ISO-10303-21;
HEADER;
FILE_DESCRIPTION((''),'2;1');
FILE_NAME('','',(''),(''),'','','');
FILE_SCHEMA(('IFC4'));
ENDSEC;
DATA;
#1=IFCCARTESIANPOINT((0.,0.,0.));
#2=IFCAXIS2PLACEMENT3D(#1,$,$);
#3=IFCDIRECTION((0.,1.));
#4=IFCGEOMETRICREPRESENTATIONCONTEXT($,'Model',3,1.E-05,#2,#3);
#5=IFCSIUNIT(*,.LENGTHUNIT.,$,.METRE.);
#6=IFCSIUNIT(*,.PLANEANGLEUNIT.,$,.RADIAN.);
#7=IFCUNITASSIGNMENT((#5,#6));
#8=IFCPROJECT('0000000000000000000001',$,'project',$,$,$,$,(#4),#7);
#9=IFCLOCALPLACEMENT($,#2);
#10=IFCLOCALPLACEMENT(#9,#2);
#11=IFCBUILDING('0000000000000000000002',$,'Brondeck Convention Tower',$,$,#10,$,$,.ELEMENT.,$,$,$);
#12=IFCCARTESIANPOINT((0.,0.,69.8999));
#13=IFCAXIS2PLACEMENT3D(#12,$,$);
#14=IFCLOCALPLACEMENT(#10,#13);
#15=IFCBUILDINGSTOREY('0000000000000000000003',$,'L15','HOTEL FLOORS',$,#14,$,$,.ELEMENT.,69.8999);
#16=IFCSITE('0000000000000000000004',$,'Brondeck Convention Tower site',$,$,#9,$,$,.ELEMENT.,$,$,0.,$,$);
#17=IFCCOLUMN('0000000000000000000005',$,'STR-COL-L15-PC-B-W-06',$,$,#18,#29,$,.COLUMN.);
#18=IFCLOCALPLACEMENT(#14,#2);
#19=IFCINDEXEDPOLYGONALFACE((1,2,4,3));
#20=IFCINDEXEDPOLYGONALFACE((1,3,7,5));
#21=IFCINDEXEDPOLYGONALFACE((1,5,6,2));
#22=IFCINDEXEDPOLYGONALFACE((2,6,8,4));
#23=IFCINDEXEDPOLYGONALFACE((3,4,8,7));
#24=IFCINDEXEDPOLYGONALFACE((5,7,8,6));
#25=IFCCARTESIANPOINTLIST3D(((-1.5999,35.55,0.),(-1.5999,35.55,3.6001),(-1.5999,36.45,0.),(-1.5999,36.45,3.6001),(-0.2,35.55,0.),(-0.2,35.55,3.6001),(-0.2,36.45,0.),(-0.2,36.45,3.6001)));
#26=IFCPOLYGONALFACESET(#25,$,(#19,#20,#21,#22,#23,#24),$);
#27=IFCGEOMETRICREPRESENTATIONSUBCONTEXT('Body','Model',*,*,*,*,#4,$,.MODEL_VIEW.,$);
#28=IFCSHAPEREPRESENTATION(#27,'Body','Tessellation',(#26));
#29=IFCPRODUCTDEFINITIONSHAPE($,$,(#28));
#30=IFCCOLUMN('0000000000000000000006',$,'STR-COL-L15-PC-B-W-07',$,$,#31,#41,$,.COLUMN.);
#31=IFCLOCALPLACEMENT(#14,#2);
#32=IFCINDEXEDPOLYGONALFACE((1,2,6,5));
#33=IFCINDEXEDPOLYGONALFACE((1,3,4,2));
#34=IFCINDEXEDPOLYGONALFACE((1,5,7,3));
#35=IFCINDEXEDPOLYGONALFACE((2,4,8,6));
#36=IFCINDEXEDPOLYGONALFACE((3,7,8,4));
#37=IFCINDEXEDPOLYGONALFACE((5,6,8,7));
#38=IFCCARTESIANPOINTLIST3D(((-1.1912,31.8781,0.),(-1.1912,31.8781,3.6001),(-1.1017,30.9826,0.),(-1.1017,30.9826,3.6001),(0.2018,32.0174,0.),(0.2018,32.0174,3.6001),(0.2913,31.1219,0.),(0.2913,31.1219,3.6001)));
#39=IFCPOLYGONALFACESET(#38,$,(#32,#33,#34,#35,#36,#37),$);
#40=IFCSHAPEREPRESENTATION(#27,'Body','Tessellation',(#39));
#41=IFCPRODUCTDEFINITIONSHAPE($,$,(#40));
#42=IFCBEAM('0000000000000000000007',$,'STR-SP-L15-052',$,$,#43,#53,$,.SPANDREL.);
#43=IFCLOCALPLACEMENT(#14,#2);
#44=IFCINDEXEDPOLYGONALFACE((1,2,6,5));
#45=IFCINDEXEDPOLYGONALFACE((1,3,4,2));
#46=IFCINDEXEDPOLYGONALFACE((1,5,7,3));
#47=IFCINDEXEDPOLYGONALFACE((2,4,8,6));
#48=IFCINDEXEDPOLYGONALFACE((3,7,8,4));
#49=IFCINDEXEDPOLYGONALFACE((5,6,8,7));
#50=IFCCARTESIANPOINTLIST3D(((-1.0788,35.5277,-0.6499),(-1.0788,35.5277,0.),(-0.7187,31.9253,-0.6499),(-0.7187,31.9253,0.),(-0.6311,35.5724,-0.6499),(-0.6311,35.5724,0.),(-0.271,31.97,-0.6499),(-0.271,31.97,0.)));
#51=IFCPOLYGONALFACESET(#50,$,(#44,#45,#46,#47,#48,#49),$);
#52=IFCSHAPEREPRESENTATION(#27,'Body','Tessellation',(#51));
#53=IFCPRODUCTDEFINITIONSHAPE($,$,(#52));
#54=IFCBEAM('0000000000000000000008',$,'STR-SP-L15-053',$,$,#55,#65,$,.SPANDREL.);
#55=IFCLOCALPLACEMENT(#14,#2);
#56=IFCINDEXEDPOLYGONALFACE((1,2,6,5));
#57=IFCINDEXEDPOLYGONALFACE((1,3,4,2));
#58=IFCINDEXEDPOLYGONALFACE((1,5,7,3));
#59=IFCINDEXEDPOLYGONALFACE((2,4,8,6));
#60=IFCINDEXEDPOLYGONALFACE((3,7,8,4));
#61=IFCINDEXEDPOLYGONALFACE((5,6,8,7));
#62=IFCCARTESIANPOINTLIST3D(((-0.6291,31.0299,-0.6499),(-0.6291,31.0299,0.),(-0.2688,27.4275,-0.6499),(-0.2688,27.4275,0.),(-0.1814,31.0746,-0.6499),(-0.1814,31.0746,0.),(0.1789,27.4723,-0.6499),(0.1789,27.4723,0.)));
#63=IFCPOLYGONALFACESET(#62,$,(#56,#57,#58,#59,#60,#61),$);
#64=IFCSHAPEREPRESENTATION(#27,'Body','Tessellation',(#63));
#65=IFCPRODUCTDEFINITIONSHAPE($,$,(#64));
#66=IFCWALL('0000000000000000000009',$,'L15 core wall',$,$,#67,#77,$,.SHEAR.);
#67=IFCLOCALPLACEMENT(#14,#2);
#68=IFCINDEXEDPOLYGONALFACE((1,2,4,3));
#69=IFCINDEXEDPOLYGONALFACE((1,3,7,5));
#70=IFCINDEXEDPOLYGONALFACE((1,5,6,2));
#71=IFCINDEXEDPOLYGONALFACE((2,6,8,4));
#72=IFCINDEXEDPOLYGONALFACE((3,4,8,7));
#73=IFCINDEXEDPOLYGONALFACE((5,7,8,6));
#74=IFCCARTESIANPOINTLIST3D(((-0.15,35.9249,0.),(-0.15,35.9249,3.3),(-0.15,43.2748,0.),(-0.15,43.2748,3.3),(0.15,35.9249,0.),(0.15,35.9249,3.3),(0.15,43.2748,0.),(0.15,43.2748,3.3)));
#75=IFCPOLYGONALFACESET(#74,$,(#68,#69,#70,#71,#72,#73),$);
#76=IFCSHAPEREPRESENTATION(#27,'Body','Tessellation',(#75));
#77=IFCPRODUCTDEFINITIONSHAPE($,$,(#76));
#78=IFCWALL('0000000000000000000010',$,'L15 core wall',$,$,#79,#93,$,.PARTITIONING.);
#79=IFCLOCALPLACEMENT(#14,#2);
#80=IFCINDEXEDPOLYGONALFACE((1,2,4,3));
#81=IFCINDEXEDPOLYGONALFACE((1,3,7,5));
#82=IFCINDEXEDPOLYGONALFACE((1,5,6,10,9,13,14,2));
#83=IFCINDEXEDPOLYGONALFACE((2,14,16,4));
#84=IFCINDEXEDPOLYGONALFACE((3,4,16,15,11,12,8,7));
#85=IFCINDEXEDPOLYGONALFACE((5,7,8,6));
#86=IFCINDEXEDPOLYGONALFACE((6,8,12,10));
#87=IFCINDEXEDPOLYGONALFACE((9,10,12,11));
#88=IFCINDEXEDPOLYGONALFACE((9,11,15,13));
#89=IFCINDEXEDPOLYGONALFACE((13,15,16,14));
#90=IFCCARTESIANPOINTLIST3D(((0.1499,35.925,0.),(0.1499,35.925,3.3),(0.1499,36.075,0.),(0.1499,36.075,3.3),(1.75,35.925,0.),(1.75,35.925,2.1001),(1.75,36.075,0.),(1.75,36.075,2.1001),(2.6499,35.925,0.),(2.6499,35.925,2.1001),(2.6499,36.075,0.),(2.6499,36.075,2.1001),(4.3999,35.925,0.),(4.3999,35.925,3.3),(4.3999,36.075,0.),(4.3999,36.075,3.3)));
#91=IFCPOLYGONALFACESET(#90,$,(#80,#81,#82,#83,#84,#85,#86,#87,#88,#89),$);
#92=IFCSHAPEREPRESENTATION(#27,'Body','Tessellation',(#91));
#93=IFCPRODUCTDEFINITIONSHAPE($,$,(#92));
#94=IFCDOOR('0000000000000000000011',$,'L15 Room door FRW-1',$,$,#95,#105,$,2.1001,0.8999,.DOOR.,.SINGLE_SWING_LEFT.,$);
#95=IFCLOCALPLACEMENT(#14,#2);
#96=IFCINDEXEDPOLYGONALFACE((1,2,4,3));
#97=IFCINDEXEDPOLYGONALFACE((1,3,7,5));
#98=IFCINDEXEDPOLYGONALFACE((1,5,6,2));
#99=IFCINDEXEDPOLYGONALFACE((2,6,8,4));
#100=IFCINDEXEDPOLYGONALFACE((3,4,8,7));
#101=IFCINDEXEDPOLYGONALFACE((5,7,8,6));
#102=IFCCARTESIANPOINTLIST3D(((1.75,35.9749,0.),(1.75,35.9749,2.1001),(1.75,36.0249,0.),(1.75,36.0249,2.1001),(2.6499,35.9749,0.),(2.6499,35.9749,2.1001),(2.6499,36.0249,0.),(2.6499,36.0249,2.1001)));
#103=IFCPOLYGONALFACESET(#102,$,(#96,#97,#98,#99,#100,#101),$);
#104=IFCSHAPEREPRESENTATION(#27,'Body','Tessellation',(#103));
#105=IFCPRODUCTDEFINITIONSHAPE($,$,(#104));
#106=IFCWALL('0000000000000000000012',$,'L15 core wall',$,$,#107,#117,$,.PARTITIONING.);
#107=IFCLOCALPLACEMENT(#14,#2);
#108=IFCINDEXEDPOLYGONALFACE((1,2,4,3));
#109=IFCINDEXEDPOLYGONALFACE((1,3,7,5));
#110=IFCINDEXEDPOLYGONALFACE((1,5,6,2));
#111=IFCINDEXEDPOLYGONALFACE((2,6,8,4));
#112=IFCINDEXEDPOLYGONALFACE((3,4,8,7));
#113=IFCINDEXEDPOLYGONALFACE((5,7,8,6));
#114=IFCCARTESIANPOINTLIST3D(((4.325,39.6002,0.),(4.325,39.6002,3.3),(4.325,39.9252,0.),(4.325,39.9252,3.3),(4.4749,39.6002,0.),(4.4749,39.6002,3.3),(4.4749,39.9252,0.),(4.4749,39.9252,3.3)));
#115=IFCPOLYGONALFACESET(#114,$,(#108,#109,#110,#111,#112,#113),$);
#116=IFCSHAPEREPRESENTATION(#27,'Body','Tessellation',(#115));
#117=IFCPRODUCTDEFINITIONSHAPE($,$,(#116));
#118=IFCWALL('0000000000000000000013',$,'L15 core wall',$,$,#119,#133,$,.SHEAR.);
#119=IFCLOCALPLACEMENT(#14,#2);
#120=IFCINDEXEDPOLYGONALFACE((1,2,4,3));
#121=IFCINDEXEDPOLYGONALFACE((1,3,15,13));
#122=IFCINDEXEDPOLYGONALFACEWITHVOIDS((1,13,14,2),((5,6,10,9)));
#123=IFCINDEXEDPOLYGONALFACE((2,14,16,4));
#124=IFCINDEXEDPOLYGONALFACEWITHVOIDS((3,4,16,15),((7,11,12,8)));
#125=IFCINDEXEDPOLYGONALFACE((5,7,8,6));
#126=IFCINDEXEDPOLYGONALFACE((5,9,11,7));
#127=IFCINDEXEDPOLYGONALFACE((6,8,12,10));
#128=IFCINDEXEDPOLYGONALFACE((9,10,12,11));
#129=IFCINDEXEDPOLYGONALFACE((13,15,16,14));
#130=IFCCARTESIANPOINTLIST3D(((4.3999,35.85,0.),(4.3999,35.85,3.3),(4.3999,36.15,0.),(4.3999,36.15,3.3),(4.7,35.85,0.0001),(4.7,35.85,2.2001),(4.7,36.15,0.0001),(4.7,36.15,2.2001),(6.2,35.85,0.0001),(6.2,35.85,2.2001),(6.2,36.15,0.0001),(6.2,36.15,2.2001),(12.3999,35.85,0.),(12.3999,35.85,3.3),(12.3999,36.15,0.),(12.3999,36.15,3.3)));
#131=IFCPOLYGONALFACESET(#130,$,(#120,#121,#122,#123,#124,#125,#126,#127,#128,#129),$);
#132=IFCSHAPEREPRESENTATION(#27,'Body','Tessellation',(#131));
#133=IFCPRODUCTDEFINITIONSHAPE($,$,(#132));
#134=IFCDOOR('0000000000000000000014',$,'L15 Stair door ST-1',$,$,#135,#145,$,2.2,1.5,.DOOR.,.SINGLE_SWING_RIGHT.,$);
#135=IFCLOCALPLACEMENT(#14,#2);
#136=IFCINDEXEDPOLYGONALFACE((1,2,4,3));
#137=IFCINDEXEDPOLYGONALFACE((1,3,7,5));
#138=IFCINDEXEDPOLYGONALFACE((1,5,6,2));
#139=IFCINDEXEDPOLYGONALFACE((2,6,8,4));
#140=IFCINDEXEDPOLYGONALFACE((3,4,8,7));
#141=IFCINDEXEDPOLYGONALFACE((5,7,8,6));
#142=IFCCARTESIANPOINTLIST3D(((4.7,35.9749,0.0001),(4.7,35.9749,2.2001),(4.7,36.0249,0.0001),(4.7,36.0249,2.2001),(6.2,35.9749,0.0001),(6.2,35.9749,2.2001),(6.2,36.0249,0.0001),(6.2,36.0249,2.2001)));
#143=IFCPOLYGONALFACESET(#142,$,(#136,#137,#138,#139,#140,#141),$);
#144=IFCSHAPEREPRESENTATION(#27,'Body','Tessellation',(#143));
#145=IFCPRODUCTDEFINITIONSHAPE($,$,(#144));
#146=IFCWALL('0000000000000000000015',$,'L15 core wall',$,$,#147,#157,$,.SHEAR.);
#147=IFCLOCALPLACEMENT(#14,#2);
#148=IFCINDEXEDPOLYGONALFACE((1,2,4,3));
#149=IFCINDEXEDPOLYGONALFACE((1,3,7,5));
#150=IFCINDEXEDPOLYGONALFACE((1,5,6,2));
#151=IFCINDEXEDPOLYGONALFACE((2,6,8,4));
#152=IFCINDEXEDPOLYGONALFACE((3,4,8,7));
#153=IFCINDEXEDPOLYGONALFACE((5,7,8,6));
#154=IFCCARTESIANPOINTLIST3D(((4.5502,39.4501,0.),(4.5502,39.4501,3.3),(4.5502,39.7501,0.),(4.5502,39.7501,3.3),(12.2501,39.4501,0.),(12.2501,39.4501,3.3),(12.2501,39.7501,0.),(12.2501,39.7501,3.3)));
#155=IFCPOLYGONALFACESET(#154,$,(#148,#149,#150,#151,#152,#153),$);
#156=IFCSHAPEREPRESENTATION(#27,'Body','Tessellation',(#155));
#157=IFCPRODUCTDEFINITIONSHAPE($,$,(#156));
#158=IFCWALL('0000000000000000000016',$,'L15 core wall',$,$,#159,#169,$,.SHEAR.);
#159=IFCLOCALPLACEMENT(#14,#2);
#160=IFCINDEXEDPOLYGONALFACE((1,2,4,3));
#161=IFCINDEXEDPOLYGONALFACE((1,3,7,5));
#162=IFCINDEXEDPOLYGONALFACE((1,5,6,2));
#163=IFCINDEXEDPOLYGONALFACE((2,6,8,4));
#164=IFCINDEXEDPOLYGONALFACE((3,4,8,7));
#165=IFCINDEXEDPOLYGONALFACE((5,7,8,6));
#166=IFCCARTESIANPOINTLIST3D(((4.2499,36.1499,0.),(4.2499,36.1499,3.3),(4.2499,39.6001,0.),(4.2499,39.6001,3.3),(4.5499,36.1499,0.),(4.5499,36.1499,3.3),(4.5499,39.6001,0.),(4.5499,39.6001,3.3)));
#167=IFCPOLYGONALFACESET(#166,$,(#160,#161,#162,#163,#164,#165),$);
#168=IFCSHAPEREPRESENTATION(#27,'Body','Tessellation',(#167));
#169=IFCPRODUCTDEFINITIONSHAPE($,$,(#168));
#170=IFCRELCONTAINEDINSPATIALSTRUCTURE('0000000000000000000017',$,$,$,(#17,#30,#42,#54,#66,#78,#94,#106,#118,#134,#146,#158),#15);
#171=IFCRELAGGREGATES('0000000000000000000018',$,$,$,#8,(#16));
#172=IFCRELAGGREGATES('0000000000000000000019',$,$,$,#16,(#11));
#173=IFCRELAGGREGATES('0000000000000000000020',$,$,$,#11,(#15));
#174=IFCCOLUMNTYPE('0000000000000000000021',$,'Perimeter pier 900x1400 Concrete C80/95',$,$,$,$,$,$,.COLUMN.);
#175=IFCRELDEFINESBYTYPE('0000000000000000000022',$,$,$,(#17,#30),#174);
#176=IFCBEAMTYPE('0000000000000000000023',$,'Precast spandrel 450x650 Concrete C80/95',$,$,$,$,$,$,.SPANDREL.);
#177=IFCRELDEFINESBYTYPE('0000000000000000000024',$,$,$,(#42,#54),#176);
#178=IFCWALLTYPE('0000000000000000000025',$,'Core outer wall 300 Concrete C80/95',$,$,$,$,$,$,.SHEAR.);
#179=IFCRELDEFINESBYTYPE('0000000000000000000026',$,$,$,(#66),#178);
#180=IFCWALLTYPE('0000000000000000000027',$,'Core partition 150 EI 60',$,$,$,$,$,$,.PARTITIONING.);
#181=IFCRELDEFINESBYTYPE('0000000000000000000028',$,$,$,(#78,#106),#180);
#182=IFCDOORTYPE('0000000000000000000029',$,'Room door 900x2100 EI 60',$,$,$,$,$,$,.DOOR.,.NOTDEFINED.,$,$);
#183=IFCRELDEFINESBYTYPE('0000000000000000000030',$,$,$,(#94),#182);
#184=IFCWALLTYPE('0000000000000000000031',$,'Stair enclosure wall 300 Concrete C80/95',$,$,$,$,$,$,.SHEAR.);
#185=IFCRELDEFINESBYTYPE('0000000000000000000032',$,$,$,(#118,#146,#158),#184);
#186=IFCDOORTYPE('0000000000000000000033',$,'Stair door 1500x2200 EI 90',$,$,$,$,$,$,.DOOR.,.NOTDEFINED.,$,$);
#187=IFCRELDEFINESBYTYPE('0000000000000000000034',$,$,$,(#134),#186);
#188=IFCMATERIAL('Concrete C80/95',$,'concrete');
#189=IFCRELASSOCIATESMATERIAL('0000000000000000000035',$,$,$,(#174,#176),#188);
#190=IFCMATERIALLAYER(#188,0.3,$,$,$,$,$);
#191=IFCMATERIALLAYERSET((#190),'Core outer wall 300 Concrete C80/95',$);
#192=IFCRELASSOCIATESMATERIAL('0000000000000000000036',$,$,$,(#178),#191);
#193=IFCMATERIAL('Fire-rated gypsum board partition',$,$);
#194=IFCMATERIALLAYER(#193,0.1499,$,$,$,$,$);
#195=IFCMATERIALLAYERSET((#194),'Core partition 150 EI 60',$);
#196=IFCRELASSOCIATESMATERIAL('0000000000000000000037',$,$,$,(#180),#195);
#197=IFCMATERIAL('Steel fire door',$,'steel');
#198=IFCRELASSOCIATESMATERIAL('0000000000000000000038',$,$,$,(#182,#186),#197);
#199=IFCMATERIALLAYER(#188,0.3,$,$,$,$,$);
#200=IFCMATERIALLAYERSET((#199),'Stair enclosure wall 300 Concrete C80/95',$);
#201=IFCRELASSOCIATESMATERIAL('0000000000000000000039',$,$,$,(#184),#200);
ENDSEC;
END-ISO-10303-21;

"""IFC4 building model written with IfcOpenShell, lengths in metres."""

from ifc_helpers import new_model, si_unit, direction, frame, frame_2d, origin, origin_2d, place, context, subcontext, project, spatial, rectangle, extrude, material, layer, layer_set, material_profile, profile_set, type_object, element, fill, save


model = new_model("IFC4")

# Units and contexts
model_context = context("Model", 3, precision=1e-05, world=origin(), true_north=direction((0.0, 1.0)))
body_context = subcontext(model_context, "Body", "Model", "MODEL_VIEW")
ifc_project = project(units=[si_unit("LENGTHUNIT", "METRE"), si_unit("PLANEANGLEUNIT", "RADIAN")], contexts=[model_context])

# Site, building, storey
site_placement = place(None, origin())
site = spatial("IfcSite", under=ifc_project, at=site_placement, Name="Brondeck Convention Tower site", CompositionType="ELEMENT", RefElevation=0.0)
building_placement = place(site_placement, origin())
building = spatial("IfcBuilding", under=site, at=building_placement, Name="Brondeck Convention Tower", CompositionType="ELEMENT")
storey_placement = place(building_placement, frame((0.0, 0.0, 69.8999)))
storey = spatial("IfcBuildingStorey", under=building, at=storey_placement, Name="L15", Description="HOTEL FLOORS", CompositionType="ELEMENT", Elevation=69.8999)

# Columns
ifc_material_1 = material(Name="Concrete C80/95", Category="concrete")
ifc_material_profile_1 = material_profile(ifc_material_1, rectangle(XDim=0.8999, YDim=1.3999, at=origin_2d()), Name="Perimeter pier 900x1400 Concrete C80/95")
ifc_profile_set_1 = profile_set([ifc_material_profile_1], Name="Concrete C80/95")
column_type = type_object("IfcColumnType", Name="Perimeter pier 900x1400 Concrete C80/95", PredefinedType="COLUMN", material=ifc_profile_set_1)
for number, where, z_axis, x_axis, name in (
    (1, (-0.8999, 36.0, 0.0), (0.0, 0.0, 1.0), (0.0, -1.0, 0.0), "STR-COL-L15-PC-B-W-06"),
    (2, (-0.45, 31.5, 0.0), (0.0, 0.0, 1.0), (0.099504, -0.995037, 0.0), "STR-COL-L15-PC-B-W-07"),
):
    element("IfcColumn", number, at=place(storey_placement, frame(where, z_axis=z_axis, x_axis=x_axis)), inside=storey, type_object=column_type, Name=name, PredefinedType="COLUMN", context=body_context, shape_type="SweptSolid", body=[
        extrude(rectangle(XDim=0.8999, YDim=1.3999, at=origin_2d()), origin(), (0.0, 0.0, 1.0), 3.6001),
    ])

# Beams
ifc_material_profile_2 = material_profile(ifc_material_1, rectangle(XDim=0.45, YDim=0.6499, at=origin_2d()), Name="Precast spandrel 450x650 Concrete C80/95")
ifc_profile_set_2 = profile_set([ifc_material_profile_2], Name="Concrete C80/95")
beam_type = type_object("IfcBeamType", Name="Precast spandrel 450x650 Concrete C80/95", PredefinedType="SPANDREL", material=ifc_profile_set_2)
for number, where, z_axis, x_axis, name in (
    (3, (-0.855, 35.55, -0.325), (0.09947, -0.995041, 0.0), (0.995041, 0.09947, 0.0), "STR-SP-L15-052"),
    (4, (-0.4053, 31.0522, -0.325), (0.099537, -0.995034, 0.0), (0.995034, 0.099537, 0.0), "STR-SP-L15-053"),
):
    element("IfcBeam", number, at=place(storey_placement, frame(where, z_axis=z_axis, x_axis=x_axis)), inside=storey, type_object=beam_type, Name=name, PredefinedType="SPANDREL", context=body_context, shape_type="SweptSolid", body=[
        extrude(rectangle(XDim=0.45, YDim=0.6499, at=origin_2d()), origin(), (0.0, 0.0, 1.0), 3.6204),
    ])

# Wall
ifc_layer_1 = layer(ifc_material_1, 0.3)
ifc_layer_set_1 = layer_set([ifc_layer_1], Name="Core outer wall 300 Concrete C80/95")
wall_type_1 = type_object("IfcWallType", Name="Core outer wall 300 Concrete C80/95", PredefinedType="SHEAR", material=ifc_layer_set_1)
wall_1_placement = place(storey_placement, frame((0.0, 35.925, 0.0), z_axis=(0.0, 0.0, 1.0), x_axis=(0.0, 1.0, 0.0)))
element("IfcWall", 5, at=wall_1_placement, inside=storey, type_object=wall_type_1, Name="L15 core wall", PredefinedType="SHEAR", context=body_context, shape_type="SweptSolid", body=[
    extrude(rectangle(XDim=7.3499, YDim=0.3, at=frame_2d((3.6748, 0.0))), origin(), (0.0, 0.0, 1.0), 3.3),
])

# Wall, opening, door
ifc_material_2 = material(Name="Fire-rated gypsum board partition")
ifc_layer_2 = layer(ifc_material_2, 0.1499)
ifc_layer_set_2 = layer_set([ifc_layer_2], Name="Core partition 150 EI 60")
wall_type_2 = type_object("IfcWallType", Name="Core partition 150 EI 60", PredefinedType="PARTITIONING", material=ifc_layer_set_2)
wall_2_placement = place(storey_placement, frame((0.1499, 36.0, 0.0), z_axis=(0.0, 0.0, 1.0), x_axis=(1.0, 0.0, 0.0)))
wall_2 = element("IfcWall", 6, at=wall_2_placement, inside=storey, type_object=wall_type_2, Name="L15 core wall", PredefinedType="PARTITIONING", context=body_context, shape_type="SweptSolid", body=[
    extrude(rectangle(XDim=4.25, YDim=0.1499, at=frame_2d((2.125, 0.0))), origin(), (0.0, 0.0, 1.0), 3.3),
])
opening_1_placement = place(wall_2_placement, frame((1.6001, 0.0, 0.0)))
opening_1 = element("IfcOpeningElement", 7, at=opening_1_placement, cuts=wall_2, PredefinedType="OPENING", context=body_context, shape_type="SweptSolid", body=[
    extrude(rectangle(XDim=0.8999, YDim=2.1001, at=frame_2d((0.45, 1.05))), frame((0.0, 0.085, 0.0), z_axis=(0.0, -1.0, 0.0), x_axis=(1.0, 0.0, 0.0)), (0.0, 0.0, 1.0), 0.1699),
])
ifc_material_3 = material(Name="Steel fire door", Category="steel")
door_type_1 = type_object("IfcDoorType", Name="Room door 900x2100 EI 60", OperationType="NOTDEFINED", PredefinedType="DOOR", material=ifc_material_3)
door_1_placement = place(opening_1_placement, origin())
door_1 = element("IfcDoor", 8, at=door_1_placement, inside=storey, type_object=door_type_1, Name="L15 Room door FRW-1", OperationType="SINGLE_SWING_LEFT", OverallHeight=2.1001, OverallWidth=0.8999, PredefinedType="DOOR", context=body_context, shape_type="SweptSolid", body=[
    extrude(rectangle(XDim=0.8999, YDim=2.1001, at=frame_2d((0.45, 1.05))), frame((0.0, 0.0249, 0.0), z_axis=(0.0, -1.0, 0.0), x_axis=(1.0, 0.0, 0.0)), (0.0, 0.0, 1.0), 0.05),
])
fill(opening_1, door_1)

# Wall
wall_3_placement = place(storey_placement, frame((4.3999, 39.6001, 0.0), z_axis=(0.0, 0.0, 1.0), x_axis=(0.0, 1.0, 0.0)))
element("IfcWall", 9, at=wall_3_placement, inside=storey, type_object=wall_type_2, Name="L15 core wall", PredefinedType="PARTITIONING", context=body_context, shape_type="SweptSolid", body=[
    extrude(rectangle(XDim=0.325, YDim=0.1499, at=frame_2d((0.1626, 0.0))), origin(), (0.0, 0.0, 1.0), 3.3),
])

# Wall, opening, door
ifc_layer_3 = layer(ifc_material_1, 0.3)
ifc_layer_set_3 = layer_set([ifc_layer_3], Name="Stair enclosure wall 300 Concrete C80/95")
wall_type_3 = type_object("IfcWallType", Name="Stair enclosure wall 300 Concrete C80/95", PredefinedType="SHEAR", material=ifc_layer_set_3)
wall_4_placement = place(storey_placement, frame((4.3999, 36.0, 0.0), z_axis=(0.0, 0.0, 1.0), x_axis=(1.0, 0.0, 0.0)))
wall_4 = element("IfcWall", 10, at=wall_4_placement, inside=storey, type_object=wall_type_3, Name="L15 core wall", PredefinedType="SHEAR", context=body_context, shape_type="SweptSolid", body=[
    extrude(rectangle(XDim=8.0, YDim=0.3, at=frame_2d((4.0, 0.0))), origin(), (0.0, 0.0, 1.0), 3.3),
])
opening_2_placement = place(wall_4_placement, frame((0.3, 0.0, 0.0)))
opening_2 = element("IfcOpeningElement", 11, at=opening_2_placement, cuts=wall_4, PredefinedType="OPENING", context=body_context, shape_type="SweptSolid", body=[
    extrude(rectangle(XDim=1.5, YDim=2.2, at=frame_2d((0.75, 1.1001))), frame((0.0, 0.1599, 0.0), z_axis=(0.0, -1.0, 0.0), x_axis=(1.0, 0.0, 0.0)), (0.0, 0.0, 1.0), 0.3201),
])
door_type_2 = type_object("IfcDoorType", Name="Stair door 1500x2200 EI 90", OperationType="NOTDEFINED", PredefinedType="DOOR", material=ifc_material_3)
door_2_placement = place(opening_2_placement, origin())
door_2 = element("IfcDoor", 12, at=door_2_placement, inside=storey, type_object=door_type_2, Name="L15 Stair door ST-1", OperationType="SINGLE_SWING_RIGHT", OverallHeight=2.2, OverallWidth=1.5, PredefinedType="DOOR", context=body_context, shape_type="SweptSolid", body=[
    extrude(rectangle(XDim=1.5, YDim=2.2, at=frame_2d((0.75, 1.1001))), frame((0.0, 0.0249, 0.0), z_axis=(0.0, -1.0, 0.0), x_axis=(1.0, 0.0, 0.0)), (0.0, 0.0, 1.0), 0.05),
])
fill(opening_2, door_2)

# Walls
wall_5_placement = place(storey_placement, frame((4.55, 39.6001, 0.0), z_axis=(0.0, 0.0, 1.0), x_axis=(1.0, 0.0, 0.0)))
element("IfcWall", 13, at=wall_5_placement, inside=storey, type_object=wall_type_3, Name="L15 core wall", PredefinedType="SHEAR", context=body_context, shape_type="SweptSolid", body=[
    extrude(rectangle(XDim=7.7, YDim=0.3, at=frame_2d((3.8501, 0.0))), origin(), (0.0, 0.0, 1.0), 3.3),
])
wall_6_placement = place(storey_placement, frame((4.3999, 36.1499, 0.0), z_axis=(0.0, 0.0, 1.0), x_axis=(0.0, 1.0, 0.0)))
element("IfcWall", 14, at=wall_6_placement, inside=storey, type_object=wall_type_3, Name="L15 core wall", PredefinedType="SHEAR", context=body_context, shape_type="SweptSolid", body=[
    extrude(rectangle(XDim=3.4502, YDim=0.3, at=frame_2d((1.7251, 0.0))), origin(), (0.0, 0.0, 1.0), 3.3),
])

save(model, "model.ifc")
